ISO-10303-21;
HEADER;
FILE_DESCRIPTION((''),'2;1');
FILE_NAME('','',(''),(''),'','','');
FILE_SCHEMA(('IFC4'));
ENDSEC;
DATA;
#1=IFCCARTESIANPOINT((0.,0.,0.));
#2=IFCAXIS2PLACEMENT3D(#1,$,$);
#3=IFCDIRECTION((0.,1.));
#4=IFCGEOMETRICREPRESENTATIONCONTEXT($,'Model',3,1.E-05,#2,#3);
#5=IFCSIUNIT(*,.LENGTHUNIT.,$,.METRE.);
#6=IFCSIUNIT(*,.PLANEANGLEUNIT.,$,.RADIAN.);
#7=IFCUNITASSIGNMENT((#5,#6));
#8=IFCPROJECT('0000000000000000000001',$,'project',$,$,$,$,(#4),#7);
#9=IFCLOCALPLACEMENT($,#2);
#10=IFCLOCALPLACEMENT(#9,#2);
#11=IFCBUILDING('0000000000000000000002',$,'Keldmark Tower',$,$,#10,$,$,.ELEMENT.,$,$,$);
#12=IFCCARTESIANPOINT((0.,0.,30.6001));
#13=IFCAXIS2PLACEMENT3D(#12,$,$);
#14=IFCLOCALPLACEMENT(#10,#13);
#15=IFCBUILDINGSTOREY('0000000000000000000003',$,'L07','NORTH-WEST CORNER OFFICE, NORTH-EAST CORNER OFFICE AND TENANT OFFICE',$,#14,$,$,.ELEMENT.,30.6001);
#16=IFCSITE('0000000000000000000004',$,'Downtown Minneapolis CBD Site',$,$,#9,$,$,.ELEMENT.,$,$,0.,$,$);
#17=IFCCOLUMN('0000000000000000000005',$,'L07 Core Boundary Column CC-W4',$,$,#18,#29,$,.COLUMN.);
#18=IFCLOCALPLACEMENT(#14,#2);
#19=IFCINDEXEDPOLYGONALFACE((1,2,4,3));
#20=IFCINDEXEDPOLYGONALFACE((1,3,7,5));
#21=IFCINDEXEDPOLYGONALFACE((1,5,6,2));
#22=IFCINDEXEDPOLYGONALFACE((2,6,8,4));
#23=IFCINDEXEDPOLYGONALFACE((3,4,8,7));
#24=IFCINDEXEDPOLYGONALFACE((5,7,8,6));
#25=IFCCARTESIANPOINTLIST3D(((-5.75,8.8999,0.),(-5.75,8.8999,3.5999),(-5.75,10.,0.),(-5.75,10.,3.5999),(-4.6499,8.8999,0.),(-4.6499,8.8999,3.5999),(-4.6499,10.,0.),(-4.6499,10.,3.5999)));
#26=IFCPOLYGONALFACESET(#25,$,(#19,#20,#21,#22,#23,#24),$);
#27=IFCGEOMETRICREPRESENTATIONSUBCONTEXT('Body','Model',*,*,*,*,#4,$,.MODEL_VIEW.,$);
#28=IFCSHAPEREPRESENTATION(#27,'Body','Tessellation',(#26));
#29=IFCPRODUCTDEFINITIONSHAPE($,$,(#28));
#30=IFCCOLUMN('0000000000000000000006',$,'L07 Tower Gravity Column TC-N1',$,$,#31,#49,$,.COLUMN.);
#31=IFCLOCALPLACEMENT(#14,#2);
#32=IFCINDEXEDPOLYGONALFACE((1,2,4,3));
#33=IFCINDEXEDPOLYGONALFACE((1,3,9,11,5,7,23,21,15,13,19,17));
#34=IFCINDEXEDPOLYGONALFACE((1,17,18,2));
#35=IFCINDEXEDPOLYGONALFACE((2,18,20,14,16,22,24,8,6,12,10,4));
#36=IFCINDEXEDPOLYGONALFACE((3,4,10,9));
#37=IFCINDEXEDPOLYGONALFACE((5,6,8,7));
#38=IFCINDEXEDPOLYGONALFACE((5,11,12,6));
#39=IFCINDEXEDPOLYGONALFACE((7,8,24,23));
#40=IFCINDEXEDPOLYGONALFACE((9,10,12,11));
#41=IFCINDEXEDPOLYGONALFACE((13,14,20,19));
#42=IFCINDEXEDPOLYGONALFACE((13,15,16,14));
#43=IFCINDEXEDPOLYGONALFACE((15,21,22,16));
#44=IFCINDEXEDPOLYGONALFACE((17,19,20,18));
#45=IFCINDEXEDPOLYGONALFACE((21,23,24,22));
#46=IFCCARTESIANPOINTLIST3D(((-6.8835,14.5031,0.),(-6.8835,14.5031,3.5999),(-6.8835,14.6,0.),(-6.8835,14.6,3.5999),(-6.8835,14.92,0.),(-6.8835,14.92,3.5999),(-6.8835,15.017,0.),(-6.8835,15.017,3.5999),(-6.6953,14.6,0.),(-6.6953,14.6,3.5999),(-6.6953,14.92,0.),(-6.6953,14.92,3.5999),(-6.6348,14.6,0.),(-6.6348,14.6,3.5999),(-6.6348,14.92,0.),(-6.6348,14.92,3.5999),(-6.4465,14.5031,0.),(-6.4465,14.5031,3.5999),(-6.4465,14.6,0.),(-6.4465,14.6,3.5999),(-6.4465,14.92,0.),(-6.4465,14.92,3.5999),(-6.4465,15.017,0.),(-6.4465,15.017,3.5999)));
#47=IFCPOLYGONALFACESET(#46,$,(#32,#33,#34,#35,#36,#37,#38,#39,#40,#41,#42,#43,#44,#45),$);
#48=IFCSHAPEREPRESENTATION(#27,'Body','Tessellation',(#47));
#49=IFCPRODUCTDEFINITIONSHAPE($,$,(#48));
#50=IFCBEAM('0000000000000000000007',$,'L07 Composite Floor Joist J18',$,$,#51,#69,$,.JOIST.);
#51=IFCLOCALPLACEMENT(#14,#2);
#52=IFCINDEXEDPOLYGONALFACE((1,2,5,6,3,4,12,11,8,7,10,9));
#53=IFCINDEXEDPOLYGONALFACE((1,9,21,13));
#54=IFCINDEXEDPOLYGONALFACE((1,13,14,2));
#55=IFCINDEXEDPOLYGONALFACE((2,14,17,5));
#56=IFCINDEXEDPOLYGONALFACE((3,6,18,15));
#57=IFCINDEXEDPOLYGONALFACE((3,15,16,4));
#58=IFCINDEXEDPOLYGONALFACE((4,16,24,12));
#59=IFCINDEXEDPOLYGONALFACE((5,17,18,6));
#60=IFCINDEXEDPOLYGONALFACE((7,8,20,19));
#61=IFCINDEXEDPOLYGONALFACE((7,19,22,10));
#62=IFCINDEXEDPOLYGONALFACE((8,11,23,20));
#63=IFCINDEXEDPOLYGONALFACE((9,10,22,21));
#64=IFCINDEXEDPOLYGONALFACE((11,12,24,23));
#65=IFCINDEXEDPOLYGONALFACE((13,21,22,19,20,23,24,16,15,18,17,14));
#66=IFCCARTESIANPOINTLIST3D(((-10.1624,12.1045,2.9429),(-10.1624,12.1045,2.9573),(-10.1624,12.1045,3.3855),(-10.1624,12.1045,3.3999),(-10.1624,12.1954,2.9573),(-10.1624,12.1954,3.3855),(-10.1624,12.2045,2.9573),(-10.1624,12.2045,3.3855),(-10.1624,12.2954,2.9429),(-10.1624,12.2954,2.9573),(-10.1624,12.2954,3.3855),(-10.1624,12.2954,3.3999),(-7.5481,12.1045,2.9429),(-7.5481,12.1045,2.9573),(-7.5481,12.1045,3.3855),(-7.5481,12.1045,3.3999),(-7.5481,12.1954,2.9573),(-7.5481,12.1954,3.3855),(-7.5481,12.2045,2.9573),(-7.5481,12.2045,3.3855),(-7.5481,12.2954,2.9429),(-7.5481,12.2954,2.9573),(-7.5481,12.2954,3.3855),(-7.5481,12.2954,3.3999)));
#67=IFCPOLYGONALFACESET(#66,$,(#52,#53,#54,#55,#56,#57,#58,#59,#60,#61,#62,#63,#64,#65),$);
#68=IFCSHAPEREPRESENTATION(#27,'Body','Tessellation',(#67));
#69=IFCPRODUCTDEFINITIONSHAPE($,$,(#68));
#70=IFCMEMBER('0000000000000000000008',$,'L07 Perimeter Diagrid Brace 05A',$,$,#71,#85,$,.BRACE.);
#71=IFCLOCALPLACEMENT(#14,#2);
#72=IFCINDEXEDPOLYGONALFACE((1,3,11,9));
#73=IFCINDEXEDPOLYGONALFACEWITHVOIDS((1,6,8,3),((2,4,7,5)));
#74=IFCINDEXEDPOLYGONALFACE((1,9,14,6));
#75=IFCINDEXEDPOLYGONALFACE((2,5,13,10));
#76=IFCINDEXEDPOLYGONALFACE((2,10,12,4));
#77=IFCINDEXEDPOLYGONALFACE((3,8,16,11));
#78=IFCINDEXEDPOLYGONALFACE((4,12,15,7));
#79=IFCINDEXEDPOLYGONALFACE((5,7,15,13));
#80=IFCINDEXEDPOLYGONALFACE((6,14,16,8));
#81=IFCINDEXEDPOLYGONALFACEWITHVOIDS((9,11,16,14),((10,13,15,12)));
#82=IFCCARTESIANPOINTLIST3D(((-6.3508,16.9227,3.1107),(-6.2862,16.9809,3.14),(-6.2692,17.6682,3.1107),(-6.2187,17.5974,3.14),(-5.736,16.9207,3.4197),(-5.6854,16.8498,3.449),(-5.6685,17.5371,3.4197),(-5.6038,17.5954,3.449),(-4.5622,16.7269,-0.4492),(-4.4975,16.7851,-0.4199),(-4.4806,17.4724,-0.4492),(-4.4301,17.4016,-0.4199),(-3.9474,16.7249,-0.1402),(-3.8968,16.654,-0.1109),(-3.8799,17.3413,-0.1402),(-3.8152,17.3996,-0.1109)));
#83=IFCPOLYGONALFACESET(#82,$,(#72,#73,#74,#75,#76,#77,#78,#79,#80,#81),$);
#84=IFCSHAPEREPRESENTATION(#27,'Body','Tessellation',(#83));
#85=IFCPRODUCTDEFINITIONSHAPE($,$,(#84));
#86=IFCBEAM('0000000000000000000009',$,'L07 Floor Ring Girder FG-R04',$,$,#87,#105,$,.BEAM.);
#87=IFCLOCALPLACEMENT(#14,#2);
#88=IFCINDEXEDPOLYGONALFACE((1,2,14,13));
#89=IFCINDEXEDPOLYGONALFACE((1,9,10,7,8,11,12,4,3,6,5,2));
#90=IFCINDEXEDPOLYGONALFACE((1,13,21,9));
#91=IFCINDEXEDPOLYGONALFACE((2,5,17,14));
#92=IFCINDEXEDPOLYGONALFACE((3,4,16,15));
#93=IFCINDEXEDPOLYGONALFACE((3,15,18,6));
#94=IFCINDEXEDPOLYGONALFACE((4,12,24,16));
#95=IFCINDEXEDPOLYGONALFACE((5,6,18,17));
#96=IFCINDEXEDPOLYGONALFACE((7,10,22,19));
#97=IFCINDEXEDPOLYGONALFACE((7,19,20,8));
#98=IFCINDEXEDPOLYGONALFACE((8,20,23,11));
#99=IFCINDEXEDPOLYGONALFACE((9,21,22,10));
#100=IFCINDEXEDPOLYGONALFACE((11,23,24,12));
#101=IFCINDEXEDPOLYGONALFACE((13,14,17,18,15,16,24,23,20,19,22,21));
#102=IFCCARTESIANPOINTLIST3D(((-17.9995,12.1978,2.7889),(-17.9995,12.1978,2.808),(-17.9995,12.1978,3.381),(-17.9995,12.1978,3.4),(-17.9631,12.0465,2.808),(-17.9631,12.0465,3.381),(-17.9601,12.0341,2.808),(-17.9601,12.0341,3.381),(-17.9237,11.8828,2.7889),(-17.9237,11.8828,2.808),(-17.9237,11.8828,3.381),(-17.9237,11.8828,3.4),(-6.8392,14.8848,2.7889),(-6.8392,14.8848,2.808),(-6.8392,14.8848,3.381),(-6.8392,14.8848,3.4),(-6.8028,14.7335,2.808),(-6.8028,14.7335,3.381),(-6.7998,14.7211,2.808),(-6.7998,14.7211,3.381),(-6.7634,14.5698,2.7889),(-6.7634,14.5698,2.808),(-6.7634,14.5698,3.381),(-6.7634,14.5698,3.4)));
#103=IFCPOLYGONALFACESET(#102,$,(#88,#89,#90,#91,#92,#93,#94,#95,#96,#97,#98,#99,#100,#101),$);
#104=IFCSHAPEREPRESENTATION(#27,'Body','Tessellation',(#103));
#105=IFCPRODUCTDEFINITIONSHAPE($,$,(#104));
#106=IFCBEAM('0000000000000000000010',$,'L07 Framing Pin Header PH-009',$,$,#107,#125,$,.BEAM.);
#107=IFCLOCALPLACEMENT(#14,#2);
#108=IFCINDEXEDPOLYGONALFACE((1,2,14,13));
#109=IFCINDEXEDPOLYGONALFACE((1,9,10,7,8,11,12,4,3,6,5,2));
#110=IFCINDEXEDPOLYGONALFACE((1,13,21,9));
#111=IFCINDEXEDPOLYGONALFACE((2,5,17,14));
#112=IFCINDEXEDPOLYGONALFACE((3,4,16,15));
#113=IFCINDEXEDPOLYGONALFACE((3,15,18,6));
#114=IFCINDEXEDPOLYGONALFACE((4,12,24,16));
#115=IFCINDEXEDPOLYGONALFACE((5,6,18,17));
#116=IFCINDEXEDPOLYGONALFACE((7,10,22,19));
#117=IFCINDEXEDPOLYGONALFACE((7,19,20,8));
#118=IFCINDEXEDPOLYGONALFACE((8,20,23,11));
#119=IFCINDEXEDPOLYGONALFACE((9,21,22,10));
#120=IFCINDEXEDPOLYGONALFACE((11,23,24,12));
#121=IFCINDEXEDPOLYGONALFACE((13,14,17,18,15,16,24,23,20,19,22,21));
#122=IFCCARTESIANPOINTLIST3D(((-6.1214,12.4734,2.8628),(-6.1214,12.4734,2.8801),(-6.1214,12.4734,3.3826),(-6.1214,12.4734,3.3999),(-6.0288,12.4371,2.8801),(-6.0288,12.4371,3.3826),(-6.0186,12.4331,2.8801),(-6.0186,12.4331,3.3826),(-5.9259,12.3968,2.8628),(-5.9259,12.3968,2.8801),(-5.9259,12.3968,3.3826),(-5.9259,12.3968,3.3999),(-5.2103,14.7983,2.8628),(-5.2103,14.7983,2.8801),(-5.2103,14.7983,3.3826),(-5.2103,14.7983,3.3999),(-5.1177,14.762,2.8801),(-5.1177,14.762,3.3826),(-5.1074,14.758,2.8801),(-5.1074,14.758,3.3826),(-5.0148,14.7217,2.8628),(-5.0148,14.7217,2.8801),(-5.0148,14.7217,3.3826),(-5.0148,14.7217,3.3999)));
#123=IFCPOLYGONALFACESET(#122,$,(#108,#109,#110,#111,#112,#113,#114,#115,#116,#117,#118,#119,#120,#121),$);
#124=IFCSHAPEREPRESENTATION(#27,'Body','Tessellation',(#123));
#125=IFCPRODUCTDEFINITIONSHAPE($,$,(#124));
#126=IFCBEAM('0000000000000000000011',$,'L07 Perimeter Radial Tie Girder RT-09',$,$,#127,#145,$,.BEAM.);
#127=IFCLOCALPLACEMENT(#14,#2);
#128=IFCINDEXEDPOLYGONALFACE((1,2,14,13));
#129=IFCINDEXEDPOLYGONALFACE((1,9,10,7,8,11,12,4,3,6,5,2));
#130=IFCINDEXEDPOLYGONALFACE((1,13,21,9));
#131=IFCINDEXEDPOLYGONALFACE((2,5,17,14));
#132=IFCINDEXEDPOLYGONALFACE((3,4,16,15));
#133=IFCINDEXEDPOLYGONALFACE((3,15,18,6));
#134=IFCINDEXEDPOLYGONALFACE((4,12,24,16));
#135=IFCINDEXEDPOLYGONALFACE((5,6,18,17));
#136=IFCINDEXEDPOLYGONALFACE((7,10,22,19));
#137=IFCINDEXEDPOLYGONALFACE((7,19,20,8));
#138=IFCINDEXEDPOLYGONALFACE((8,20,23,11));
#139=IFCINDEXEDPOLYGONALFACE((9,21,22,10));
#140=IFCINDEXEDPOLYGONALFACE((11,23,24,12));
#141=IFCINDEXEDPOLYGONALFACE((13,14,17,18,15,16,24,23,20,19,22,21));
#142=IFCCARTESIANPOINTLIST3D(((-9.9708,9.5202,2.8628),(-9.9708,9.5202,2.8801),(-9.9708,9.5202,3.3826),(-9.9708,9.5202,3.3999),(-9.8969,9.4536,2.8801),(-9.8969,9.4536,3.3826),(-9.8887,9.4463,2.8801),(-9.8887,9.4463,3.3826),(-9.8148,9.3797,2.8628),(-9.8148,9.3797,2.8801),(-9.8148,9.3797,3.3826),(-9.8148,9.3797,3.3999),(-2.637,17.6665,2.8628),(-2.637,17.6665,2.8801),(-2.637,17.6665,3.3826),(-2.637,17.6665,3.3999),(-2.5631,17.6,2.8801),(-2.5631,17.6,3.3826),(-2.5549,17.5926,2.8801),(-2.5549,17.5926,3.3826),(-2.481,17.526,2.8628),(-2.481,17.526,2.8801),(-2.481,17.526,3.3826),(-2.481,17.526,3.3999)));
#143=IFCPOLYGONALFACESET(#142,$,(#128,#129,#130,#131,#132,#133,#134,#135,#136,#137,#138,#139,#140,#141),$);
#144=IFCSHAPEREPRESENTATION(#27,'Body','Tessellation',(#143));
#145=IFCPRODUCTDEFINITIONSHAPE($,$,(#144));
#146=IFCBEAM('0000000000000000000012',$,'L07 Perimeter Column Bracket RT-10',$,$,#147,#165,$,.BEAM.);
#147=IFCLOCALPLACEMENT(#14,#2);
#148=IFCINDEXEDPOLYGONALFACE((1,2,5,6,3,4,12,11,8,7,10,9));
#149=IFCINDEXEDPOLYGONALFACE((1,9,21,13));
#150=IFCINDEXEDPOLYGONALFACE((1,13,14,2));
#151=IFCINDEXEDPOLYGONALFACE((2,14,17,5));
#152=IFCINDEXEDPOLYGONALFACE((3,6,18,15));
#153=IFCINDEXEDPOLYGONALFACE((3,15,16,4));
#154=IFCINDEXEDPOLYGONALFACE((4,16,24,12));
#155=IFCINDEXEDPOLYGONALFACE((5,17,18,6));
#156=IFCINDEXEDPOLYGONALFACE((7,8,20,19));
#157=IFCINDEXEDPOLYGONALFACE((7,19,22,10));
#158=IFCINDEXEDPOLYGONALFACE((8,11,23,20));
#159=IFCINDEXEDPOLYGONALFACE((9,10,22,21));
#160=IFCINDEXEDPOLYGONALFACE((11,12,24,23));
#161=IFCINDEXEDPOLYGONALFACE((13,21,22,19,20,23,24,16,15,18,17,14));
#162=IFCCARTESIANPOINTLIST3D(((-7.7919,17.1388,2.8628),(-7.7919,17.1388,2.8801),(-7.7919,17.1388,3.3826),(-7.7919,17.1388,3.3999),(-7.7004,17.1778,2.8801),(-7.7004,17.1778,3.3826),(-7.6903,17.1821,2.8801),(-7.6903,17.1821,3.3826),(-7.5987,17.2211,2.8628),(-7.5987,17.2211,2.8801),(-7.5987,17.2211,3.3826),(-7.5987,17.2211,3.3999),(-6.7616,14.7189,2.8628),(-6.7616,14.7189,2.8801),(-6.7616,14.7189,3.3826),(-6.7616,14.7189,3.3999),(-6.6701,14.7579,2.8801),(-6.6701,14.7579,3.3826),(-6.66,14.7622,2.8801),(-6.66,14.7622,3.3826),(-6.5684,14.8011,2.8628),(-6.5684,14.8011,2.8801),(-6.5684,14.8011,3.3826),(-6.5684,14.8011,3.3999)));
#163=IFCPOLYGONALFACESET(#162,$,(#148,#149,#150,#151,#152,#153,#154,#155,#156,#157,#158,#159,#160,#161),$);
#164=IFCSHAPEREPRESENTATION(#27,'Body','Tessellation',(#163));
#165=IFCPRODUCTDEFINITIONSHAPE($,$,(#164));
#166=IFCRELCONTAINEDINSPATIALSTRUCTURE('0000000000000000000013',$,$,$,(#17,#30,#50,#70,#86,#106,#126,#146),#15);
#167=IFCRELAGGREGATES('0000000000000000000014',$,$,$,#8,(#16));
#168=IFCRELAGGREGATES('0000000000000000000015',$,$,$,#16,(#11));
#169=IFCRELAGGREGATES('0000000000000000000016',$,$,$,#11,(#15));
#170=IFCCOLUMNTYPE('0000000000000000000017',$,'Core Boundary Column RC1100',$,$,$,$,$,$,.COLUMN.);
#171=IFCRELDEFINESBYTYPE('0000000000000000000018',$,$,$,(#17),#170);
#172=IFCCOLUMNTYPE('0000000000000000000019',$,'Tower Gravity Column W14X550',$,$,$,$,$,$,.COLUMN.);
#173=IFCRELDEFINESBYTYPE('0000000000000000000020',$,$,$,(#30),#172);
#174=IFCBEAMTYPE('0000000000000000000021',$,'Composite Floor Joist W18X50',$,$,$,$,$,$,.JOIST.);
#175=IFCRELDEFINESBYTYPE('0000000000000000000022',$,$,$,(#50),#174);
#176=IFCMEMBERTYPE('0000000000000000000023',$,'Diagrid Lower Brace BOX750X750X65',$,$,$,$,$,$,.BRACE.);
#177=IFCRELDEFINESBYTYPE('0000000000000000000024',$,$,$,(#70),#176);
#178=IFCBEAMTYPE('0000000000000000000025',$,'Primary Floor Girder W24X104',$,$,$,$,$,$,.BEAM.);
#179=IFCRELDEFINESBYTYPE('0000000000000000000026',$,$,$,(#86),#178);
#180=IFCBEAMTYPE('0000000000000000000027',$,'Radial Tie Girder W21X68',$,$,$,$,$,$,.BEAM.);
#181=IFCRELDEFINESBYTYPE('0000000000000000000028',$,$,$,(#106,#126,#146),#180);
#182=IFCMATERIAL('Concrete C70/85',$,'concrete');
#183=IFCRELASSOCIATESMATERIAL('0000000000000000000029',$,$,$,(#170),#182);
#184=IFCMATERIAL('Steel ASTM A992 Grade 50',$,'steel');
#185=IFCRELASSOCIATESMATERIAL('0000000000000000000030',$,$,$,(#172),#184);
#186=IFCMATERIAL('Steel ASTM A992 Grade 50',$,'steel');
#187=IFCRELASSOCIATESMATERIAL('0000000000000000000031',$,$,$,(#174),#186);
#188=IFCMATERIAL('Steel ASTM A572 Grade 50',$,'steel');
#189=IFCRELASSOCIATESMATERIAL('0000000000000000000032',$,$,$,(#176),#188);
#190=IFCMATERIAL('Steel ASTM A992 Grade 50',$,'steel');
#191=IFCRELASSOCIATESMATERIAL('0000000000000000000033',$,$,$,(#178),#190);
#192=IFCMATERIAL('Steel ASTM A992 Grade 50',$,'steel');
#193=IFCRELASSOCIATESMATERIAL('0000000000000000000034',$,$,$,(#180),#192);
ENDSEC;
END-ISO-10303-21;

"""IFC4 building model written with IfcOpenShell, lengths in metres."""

from ifc_helpers import new_model, si_unit, direction, frame, origin, origin_2d, place, context, subcontext, project, spatial, rectangle, hollow_rectangle, i_section, extrude, material, material_profile, profile_set, type_object, element, save


model = new_model("IFC4")

# Units and contexts
model_context = context("Model", 3, precision=1e-05, world=origin(), true_north=direction((0.0, 1.0)))
body_context = subcontext(model_context, "Body", "Model", "MODEL_VIEW")
ifc_project = project(units=[si_unit("LENGTHUNIT", "METRE"), si_unit("PLANEANGLEUNIT", "RADIAN")], contexts=[model_context])

# Site, building, storey
site_placement = place(None, origin())
site = spatial("IfcSite", under=ifc_project, at=site_placement, Name="Downtown Minneapolis CBD Site", CompositionType="ELEMENT", RefElevation=0.0)
building_placement = place(site_placement, origin())
building = spatial("IfcBuilding", under=site, at=building_placement, Name="Keldmark Tower", CompositionType="ELEMENT")
storey_placement = place(building_placement, frame((0.0, 0.0, 30.6001)))
storey = spatial("IfcBuildingStorey", under=building, at=storey_placement, Name="L07", Description="NORTH-WEST CORNER OFFICE, NORTH-EAST CORNER OFFICE AND TENANT OFFICE", CompositionType="ELEMENT", Elevation=30.6001)

# Columns
ifc_material_1 = material(Name="Concrete C70/85", Category="concrete")
ifc_material_profile_1 = material_profile(ifc_material_1, rectangle(XDim=1.1001, YDim=1.1001, at=origin_2d()), Name="RC1100X1100")
ifc_profile_set_1 = profile_set([ifc_material_profile_1], Name="Concrete C70/85")
column_type_1 = type_object("IfcColumnType", Name="Core Boundary Column RC1100", PredefinedType="COLUMN", material=ifc_profile_set_1)
column_1_placement = place(storey_placement, frame((-5.2, 9.45, 0.0), z_axis=(0.0, 0.0, 1.0), x_axis=(1.0, 0.0, 0.0)))
element("IfcColumn", 1, at=column_1_placement, inside=storey, type_object=column_type_1, Name="L07 Core Boundary Column CC-W4", PredefinedType="COLUMN", context=body_context, shape_type="SweptSolid", body=[
    extrude(rectangle(XDim=1.1001, YDim=1.1001, at=origin_2d()), origin(), (0.0, 0.0, 1.0), 3.5999),
])
ifc_material_2 = material(Name="Steel ASTM A992 Grade 50", Category="steel")
ifc_material_profile_2 = material_profile(ifc_material_2, i_section(OverallWidth=0.437, OverallDepth=0.5139, WebThickness=0.0605, FlangeThickness=0.0969, at=origin_2d()), Name="W14X550")
ifc_profile_set_2 = profile_set([ifc_material_profile_2], Name="Steel ASTM A992 Grade 50")
column_type_2 = type_object("IfcColumnType", Name="Tower Gravity Column W14X550", PredefinedType="COLUMN", material=ifc_profile_set_2)
column_2_placement = place(storey_placement, frame((-6.665, 14.76, 0.0), z_axis=(0.0, 0.0, 1.0), x_axis=(1.0, 0.0, 0.0)))
element("IfcColumn", 2, at=column_2_placement, inside=storey, type_object=column_type_2, Name="L07 Tower Gravity Column TC-N1", PredefinedType="COLUMN", context=body_context, shape_type="SweptSolid", body=[
    extrude(i_section(OverallWidth=0.437, OverallDepth=0.5139, WebThickness=0.0605, FlangeThickness=0.0969, at=origin_2d()), origin(), (0.0, 0.0, 1.0), 3.5999),
])

# Beam
ifc_material_3 = material(Name="Steel ASTM A992 Grade 50", Category="steel")
ifc_material_profile_3 = material_profile(ifc_material_3, i_section(OverallWidth=0.1909, OverallDepth=0.457, WebThickness=0.009, FlangeThickness=0.0144, at=origin_2d()), Name="W18X50")
ifc_profile_set_3 = profile_set([ifc_material_profile_3], Name="Steel ASTM A992 Grade 50")
beam_type_1 = type_object("IfcBeamType", Name="Composite Floor Joist W18X50", PredefinedType="JOIST", material=ifc_profile_set_3)
beam_1_placement = place(storey_placement, frame((-10.1624, 12.2, 3.1714), z_axis=(1.0, 0.0, 0.0), x_axis=(0.0, 1.0, 0.0)))
element("IfcBeam", 3, at=beam_1_placement, inside=storey, type_object=beam_type_1, Name="L07 Composite Floor Joist J18", PredefinedType="JOIST", context=body_context, shape_type="SweptSolid", body=[
    extrude(i_section(OverallWidth=0.1909, OverallDepth=0.457, WebThickness=0.009, FlangeThickness=0.0144, at=origin_2d()), origin(), (0.0, 0.0, 1.0), 2.6143),
])

# Member
ifc_material_4 = material(Name="Steel ASTM A572 Grade 50", Category="steel")
ifc_material_profile_4 = material_profile(ifc_material_4, hollow_rectangle(XDim=0.75, YDim=0.75, WallThickness=0.0649, at=origin_2d()), Name="BOX750X750X65")
ifc_profile_set_4 = profile_set([ifc_material_profile_4], Name="Steel ASTM A572 Grade 50")
member_type = type_object("IfcMemberType", Name="Diagrid Lower Brace BOX750X750X65", PredefinedType="BRACE", material=ifc_profile_set_4)
member_placement = place(storey_placement, frame((-4.1887, 17.0632, -0.28), z_axis=(-0.448412, 0.049089, 0.892478), x_axis=(-0.108823, -0.994061, 0.0)))
element("IfcMember", 4, at=member_placement, inside=storey, type_object=member_type, Name="L07 Perimeter Diagrid Brace 05A", PredefinedType="BRACE", context=body_context, shape_type="SweptSolid", body=[
    extrude(hollow_rectangle(XDim=0.75, YDim=0.75, WallThickness=0.0649, at=origin_2d()), origin(), (0.0, 0.0, 1.0), 3.9888),
])

# Beams
ifc_material_5 = material(Name="Steel ASTM A992 Grade 50", Category="steel")
ifc_material_profile_5 = material_profile(ifc_material_5, i_section(OverallWidth=0.324, OverallDepth=0.6111, WebThickness=0.0127, FlangeThickness=0.019, at=origin_2d()), Name="W24X104")
ifc_profile_set_5 = profile_set([ifc_material_profile_5], Name="Steel ASTM A992 Grade 50")
beam_type_2 = type_object("IfcBeamType", Name="Primary Floor Girder W24X104", PredefinedType="BEAM", material=ifc_profile_set_5)
beam_2_placement = place(storey_placement, frame((-6.8013, 14.7273, 3.0945), z_axis=(-0.972219, -0.234074, 0.0), x_axis=(0.234074, -0.972219, 0.0)))
element("IfcBeam", 5, at=beam_2_placement, inside=storey, type_object=beam_type_2, Name="L07 Floor Ring Girder FG-R04", PredefinedType="BEAM", context=body_context, shape_type="SweptSolid", body=[
    extrude(i_section(OverallWidth=0.324, OverallDepth=0.6111, WebThickness=0.0127, FlangeThickness=0.019, at=origin_2d()), origin(), (0.0, 0.0, 1.0), 11.4792),
])
ifc_material_6 = material(Name="Steel ASTM A992 Grade 50", Category="steel")
ifc_material_profile_6 = material_profile(ifc_material_6, i_section(OverallWidth=0.21, OverallDepth=0.5371, WebThickness=0.011, FlangeThickness=0.0173, at=origin_2d()), Name="W21X68")
ifc_profile_set_6 = profile_set([ifc_material_profile_6], Name="Steel ASTM A992 Grade 50")
beam_type_3 = type_object("IfcBeamType", Name="Radial Tie Girder W21X68", PredefinedType="BEAM", material=ifc_profile_set_6)
beam_3_placement = place(storey_placement, frame((-6.0237, 12.4351, 3.1313), z_axis=(0.364875, 0.931057, 0.0), x_axis=(-0.931057, 0.364875, 0.0)))
element("IfcBeam", 6, at=beam_3_placement, inside=storey, type_object=beam_type_3, Name="L07 Framing Pin Header PH-009", PredefinedType="BEAM", context=body_context, shape_type="SweptSolid", body=[
    extrude(i_section(OverallWidth=0.21, OverallDepth=0.5371, WebThickness=0.011, FlangeThickness=0.0173, at=origin_2d()), origin(), (0.0, 0.0, 1.0), 2.4971),
])
beam_4_placement = place(storey_placement, frame((-9.8928, 9.45, 3.1313), z_axis=(0.669072, 0.743198, 0.0), x_axis=(-0.743198, 0.669072, 0.0)))
element("IfcBeam", 7, at=beam_4_placement, inside=storey, type_object=beam_type_3, Name="L07 Perimeter Radial Tie Girder RT-09", PredefinedType="BEAM", context=body_context, shape_type="SweptSolid", body=[
    extrude(i_section(OverallWidth=0.21, OverallDepth=0.5371, WebThickness=0.011, FlangeThickness=0.0173, at=origin_2d()), origin(), (0.0, 0.0, 1.0), 10.9612),
])
beam_5_placement = place(storey_placement, frame((-6.665, 14.76, 3.1313), z_axis=(-0.391722, 0.920083, 0.0), x_axis=(-0.920083, -0.391722, 0.0)))
element("IfcBeam", 8, at=beam_5_placement, inside=storey, type_object=beam_type_3, Name="L07 Perimeter Column Bracket RT-10", PredefinedType="BEAM", context=body_context, shape_type="SweptSolid", body=[
    extrude(i_section(OverallWidth=0.21, OverallDepth=0.5371, WebThickness=0.011, FlangeThickness=0.0173, at=origin_2d()), origin(), (0.0, 0.0, 1.0), 2.6301),
])

save(model, "model.ifc")
